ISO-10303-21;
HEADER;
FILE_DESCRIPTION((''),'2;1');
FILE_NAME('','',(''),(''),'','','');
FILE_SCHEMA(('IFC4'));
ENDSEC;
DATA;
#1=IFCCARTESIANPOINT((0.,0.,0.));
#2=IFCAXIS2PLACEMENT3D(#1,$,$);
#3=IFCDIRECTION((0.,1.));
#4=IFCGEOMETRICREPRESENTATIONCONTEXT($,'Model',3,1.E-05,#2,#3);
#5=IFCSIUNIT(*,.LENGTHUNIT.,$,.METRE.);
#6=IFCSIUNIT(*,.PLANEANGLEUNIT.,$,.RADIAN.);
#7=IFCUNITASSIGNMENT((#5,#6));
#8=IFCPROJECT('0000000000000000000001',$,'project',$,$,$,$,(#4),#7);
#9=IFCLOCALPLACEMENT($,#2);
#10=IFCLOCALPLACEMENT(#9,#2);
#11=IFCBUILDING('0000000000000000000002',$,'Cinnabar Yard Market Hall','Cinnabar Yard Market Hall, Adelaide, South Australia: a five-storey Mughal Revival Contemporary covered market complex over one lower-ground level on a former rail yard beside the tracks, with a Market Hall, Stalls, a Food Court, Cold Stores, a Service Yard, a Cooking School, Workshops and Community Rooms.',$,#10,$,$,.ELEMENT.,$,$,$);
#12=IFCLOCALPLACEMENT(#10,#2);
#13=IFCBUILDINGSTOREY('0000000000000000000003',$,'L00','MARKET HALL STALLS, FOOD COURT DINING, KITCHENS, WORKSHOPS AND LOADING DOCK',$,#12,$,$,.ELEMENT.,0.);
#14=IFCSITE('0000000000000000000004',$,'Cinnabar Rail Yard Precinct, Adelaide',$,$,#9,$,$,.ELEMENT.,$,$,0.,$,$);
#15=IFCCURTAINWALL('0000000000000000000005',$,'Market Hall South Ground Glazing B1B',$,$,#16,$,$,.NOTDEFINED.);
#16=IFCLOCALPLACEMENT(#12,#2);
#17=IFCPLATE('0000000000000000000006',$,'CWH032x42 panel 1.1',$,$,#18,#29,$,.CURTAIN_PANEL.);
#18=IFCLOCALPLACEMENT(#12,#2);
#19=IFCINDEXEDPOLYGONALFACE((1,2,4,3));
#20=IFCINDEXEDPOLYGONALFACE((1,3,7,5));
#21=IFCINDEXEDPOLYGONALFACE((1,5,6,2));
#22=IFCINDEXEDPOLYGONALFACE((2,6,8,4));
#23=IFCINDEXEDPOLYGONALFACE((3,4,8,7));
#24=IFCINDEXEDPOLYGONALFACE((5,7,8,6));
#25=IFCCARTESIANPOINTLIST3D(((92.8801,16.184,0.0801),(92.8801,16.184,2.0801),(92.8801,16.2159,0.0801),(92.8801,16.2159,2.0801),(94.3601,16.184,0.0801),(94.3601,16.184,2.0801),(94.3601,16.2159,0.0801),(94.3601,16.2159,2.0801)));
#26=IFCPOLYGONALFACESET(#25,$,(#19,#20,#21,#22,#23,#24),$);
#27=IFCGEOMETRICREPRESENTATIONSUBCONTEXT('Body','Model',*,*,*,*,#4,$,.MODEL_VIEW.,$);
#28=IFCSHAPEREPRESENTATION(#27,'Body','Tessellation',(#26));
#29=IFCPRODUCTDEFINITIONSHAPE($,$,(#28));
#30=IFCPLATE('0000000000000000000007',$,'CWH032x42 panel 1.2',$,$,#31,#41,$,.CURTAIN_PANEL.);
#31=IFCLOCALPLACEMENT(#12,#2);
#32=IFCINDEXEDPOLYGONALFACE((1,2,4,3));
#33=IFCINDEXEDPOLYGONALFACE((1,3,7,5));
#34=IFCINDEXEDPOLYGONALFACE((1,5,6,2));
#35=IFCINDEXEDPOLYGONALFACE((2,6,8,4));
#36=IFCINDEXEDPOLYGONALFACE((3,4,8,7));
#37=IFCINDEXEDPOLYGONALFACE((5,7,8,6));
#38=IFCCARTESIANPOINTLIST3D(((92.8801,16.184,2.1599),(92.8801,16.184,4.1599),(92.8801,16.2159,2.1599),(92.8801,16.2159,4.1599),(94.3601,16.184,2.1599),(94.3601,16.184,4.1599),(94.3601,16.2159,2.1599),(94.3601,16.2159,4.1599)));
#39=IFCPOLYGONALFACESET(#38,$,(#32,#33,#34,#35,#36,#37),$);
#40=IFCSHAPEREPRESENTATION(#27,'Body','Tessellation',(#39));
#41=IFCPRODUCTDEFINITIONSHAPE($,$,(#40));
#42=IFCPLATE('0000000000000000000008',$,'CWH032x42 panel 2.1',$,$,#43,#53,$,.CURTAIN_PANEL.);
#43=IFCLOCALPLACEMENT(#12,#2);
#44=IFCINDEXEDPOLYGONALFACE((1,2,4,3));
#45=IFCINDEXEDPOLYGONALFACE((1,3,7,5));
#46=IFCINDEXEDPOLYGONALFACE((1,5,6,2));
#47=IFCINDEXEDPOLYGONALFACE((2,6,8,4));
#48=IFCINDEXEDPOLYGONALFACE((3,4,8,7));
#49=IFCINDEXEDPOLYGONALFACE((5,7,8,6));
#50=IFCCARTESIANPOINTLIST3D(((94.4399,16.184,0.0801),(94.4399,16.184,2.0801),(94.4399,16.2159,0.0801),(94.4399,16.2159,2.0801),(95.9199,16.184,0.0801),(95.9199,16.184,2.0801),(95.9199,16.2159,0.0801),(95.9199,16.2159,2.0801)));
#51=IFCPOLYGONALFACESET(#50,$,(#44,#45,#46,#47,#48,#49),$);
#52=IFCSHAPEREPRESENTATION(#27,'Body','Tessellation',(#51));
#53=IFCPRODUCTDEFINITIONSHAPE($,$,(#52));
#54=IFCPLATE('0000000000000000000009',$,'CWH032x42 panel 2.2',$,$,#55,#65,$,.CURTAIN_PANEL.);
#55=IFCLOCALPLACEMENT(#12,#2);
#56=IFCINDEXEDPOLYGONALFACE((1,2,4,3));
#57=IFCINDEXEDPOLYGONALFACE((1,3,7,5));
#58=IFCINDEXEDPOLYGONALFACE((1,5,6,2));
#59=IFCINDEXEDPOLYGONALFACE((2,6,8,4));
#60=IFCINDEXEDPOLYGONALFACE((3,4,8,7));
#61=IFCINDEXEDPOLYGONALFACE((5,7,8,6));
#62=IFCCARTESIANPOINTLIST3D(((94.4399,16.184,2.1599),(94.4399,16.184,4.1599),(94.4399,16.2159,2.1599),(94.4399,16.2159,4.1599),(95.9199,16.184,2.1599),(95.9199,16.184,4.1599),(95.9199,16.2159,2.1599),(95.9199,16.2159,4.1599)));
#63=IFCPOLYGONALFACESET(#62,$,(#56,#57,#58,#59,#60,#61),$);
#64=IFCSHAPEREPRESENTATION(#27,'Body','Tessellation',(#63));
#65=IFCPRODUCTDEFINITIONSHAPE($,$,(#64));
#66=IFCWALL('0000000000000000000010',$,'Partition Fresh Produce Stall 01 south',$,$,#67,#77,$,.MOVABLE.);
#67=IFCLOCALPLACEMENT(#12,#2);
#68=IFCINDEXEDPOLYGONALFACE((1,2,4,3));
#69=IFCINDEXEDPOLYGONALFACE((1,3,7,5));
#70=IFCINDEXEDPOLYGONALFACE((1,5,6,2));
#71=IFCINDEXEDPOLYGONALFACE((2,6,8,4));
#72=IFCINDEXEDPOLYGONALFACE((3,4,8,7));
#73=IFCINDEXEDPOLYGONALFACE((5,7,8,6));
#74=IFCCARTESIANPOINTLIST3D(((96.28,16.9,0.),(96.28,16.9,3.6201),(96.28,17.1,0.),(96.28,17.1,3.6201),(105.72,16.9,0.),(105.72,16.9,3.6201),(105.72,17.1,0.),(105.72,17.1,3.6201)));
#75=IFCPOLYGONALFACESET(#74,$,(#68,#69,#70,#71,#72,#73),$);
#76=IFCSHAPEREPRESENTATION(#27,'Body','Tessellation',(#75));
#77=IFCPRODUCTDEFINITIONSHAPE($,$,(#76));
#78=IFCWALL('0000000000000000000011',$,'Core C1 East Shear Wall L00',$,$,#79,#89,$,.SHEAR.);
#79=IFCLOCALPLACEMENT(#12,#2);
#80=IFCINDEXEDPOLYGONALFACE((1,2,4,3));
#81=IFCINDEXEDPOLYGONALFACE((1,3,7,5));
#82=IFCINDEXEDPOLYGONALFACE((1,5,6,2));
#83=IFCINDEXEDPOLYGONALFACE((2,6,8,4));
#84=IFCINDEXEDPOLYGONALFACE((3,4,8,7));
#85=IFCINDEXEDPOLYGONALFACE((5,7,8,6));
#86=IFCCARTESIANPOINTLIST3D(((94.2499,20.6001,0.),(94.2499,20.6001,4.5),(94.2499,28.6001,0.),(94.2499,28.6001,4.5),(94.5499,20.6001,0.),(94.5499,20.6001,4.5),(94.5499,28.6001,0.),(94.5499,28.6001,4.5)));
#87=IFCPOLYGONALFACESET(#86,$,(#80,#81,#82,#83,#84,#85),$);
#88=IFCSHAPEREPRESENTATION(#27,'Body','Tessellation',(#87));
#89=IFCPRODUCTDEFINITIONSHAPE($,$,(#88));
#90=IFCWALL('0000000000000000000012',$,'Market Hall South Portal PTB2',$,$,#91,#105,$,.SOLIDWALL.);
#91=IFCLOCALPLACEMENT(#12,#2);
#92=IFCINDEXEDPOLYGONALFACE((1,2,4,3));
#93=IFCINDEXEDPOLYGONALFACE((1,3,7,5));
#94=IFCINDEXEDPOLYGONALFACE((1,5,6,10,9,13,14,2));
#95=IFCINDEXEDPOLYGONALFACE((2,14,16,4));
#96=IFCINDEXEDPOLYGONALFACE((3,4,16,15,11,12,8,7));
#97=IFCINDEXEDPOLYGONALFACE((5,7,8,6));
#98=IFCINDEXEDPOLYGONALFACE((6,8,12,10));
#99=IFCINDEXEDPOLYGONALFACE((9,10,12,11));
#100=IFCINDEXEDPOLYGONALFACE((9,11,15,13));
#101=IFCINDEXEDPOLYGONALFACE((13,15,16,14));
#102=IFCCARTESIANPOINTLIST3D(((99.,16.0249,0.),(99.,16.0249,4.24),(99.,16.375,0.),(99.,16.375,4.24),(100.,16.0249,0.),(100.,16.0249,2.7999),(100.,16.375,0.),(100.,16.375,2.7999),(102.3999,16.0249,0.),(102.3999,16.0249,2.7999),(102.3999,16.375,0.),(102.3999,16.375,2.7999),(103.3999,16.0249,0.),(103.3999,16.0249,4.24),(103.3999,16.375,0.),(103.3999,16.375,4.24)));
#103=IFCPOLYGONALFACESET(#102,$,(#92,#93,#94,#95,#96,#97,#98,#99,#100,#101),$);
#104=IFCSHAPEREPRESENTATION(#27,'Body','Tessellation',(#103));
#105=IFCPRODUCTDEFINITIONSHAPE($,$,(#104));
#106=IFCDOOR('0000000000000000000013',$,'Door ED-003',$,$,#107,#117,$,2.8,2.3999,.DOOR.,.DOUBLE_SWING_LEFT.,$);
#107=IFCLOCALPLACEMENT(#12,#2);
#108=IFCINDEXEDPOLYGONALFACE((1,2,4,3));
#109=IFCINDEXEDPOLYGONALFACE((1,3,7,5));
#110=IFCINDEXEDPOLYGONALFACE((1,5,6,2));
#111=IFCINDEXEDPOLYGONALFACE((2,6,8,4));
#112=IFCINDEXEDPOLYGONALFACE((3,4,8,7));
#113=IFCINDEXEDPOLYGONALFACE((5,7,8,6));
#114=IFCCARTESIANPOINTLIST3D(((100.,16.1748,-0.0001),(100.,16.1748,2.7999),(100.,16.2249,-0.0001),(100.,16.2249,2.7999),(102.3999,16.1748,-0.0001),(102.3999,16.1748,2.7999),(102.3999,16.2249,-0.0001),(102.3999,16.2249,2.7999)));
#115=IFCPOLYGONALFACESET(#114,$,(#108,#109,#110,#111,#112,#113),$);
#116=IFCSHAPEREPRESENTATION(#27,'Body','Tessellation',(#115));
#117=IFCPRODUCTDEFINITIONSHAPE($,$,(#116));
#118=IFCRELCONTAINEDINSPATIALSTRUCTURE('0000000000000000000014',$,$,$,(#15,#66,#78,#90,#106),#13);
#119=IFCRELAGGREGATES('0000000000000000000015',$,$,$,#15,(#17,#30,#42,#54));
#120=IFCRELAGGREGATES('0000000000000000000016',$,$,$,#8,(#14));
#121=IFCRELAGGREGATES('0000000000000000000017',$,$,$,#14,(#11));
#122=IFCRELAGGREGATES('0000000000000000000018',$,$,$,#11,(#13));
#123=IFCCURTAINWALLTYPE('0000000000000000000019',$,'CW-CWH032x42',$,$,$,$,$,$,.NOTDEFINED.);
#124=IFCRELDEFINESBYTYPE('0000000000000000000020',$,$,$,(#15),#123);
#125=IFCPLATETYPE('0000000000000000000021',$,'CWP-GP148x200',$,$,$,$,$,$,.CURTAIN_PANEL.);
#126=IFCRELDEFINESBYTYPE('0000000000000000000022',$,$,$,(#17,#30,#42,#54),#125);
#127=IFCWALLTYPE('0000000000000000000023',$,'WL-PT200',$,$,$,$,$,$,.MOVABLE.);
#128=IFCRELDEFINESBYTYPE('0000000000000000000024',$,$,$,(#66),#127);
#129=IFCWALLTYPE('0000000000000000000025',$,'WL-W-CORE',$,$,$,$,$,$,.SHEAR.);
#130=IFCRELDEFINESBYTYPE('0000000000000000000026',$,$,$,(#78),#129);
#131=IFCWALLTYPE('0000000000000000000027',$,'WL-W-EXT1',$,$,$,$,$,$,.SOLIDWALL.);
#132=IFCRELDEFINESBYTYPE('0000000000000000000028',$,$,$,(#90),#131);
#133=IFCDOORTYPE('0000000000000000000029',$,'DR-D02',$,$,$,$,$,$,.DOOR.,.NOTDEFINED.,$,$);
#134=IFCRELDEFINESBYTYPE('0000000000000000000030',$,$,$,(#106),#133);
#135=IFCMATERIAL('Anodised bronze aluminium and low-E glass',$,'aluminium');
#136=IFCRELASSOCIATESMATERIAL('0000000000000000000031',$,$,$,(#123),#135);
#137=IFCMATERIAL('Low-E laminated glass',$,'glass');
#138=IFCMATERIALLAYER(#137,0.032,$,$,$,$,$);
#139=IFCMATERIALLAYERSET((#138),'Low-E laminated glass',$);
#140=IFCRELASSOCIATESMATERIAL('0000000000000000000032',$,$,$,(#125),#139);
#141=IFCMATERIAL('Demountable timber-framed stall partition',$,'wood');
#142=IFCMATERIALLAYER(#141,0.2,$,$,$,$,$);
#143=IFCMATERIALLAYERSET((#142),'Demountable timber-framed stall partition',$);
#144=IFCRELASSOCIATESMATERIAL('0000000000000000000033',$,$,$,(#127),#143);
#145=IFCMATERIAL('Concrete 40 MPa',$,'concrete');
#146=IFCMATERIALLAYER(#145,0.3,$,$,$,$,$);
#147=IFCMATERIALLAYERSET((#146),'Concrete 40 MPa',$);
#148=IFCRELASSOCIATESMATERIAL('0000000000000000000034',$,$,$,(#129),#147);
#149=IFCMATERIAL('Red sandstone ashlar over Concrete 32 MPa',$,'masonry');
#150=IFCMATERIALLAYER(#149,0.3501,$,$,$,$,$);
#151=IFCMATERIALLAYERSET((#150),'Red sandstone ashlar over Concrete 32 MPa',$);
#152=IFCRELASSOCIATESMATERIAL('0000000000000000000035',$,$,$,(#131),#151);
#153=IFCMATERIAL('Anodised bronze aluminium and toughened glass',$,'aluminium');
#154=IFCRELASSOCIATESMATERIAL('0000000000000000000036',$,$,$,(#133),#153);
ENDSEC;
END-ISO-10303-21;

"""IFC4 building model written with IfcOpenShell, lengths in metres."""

from ifc_helpers import new_model, si_unit, direction, frame, frame_2d, origin, origin_2d_with_axis, place, context, subcontext, project, spatial, rectangle, extrude, material, layer, layer_set, type_object, element, fill, aggregate, save


model = new_model("IFC4")

# Units and contexts
model_context = context("Model", 3, precision=1e-05, world=origin(), true_north=direction((0.0, 1.0)))
body_context = subcontext(model_context, "Body", "Model", "MODEL_VIEW")
ifc_project = project(units=[si_unit("LENGTHUNIT", "METRE"), si_unit("PLANEANGLEUNIT", "RADIAN")], contexts=[model_context])

# Site, building, storey
site_placement = place(None, origin())
site = spatial("IfcSite", under=ifc_project, at=site_placement, Name="Cinnabar Rail Yard Precinct, Adelaide", CompositionType="ELEMENT", RefElevation=0.0)
building_placement = place(site_placement, origin())
building = spatial("IfcBuilding", under=site, at=building_placement, Name="Cinnabar Yard Market Hall", Description="Cinnabar Yard Market Hall, Adelaide, South Australia: a five-storey Mughal Revival Contemporary covered market complex over one lower-ground level on a former rail yard beside the tracks, with a Market Hall, Stalls, a Food Court, Cold Stores, a Service Yard, a Cooking School, Workshops and Community Rooms.", CompositionType="ELEMENT")
storey_placement = place(building_placement, origin())
storey = spatial("IfcBuildingStorey", under=building, at=storey_placement, Name="L00", Description="MARKET HALL STALLS, FOOD COURT DINING, KITCHENS, WORKSHOPS AND LOADING DOCK", CompositionType="ELEMENT", Elevation=0.0)

# Shared definitions
ifc_material_1 = material(Name="Concrete 40 MPa", Category="concrete")

# Curtain wall
ifc_material_2 = material(Name="Anodised bronze aluminium and low-E glass", Category="aluminium")
curtain_wall_type_1 = type_object("IfcCurtainWallType", Name="CW-CWH032x42", PredefinedType="NOTDEFINED", material=ifc_material_2)
curtain_wall_1_placement = place(storey_placement, origin())
curtain_wall_1 = element("IfcCurtainWall", 1, at=curtain_wall_1_placement, inside=storey, type_object=curtain_wall_type_1, Name="Market Hall South Ground Glazing B1B", PredefinedType="NOTDEFINED")

# Plates
ifc_material_3 = material(Name="Low-E laminated glass", Category="glass")
ifc_layer_1 = layer(ifc_material_3, 0.032)
ifc_layer_set_1 = layer_set([ifc_layer_1], Name="Low-E laminated glass")
plate_type_1 = type_object("IfcPlateType", Name="CWP-GP148x200", PredefinedType="CURTAIN_PANEL", material=ifc_layer_set_1)
plate_1_placement = place(storey_placement, frame((93.6201, 16.2, 0.0801), z_axis=(0.0, 0.0, 1.0), x_axis=(1.0, 0.0, 0.0)))
plate_1 = element("IfcPlate", 2, at=plate_1_placement, type_object=plate_type_1, Name="CWH032x42 panel 1.1", PredefinedType="CURTAIN_PANEL", context=body_context, shape_type="SweptSolid", body=[
    extrude(rectangle(XDim=1.48, YDim=0.032, at=origin_2d_with_axis()), origin(), (0.0, 0.0, 1.0), 2.0),
])
plate_2_placement = place(storey_placement, frame((93.6201, 16.2, 2.1599), z_axis=(0.0, 0.0, 1.0), x_axis=(1.0, 0.0, 0.0)))
plate_2 = element("IfcPlate", 3, at=plate_2_placement, type_object=plate_type_1, Name="CWH032x42 panel 1.2", PredefinedType="CURTAIN_PANEL", context=body_context, shape_type="SweptSolid", body=[
    extrude(rectangle(XDim=1.48, YDim=0.032, at=origin_2d_with_axis()), origin(), (0.0, 0.0, 1.0), 2.0),
])
plate_3_placement = place(storey_placement, frame((95.1799, 16.2, 0.0801), z_axis=(0.0, 0.0, 1.0), x_axis=(1.0, 0.0, 0.0)))
plate_3 = element("IfcPlate", 4, at=plate_3_placement, type_object=plate_type_1, Name="CWH032x42 panel 2.1", PredefinedType="CURTAIN_PANEL", context=body_context, shape_type="SweptSolid", body=[
    extrude(rectangle(XDim=1.48, YDim=0.032, at=origin_2d_with_axis()), origin(), (0.0, 0.0, 1.0), 2.0),
])
plate_4_placement = place(storey_placement, frame((95.1799, 16.2, 2.1599), z_axis=(0.0, 0.0, 1.0), x_axis=(1.0, 0.0, 0.0)))
plate_4 = element("IfcPlate", 5, at=plate_4_placement, type_object=plate_type_1, Name="CWH032x42 panel 2.2", PredefinedType="CURTAIN_PANEL", context=body_context, shape_type="SweptSolid", body=[
    extrude(rectangle(XDim=1.48, YDim=0.032, at=origin_2d_with_axis()), origin(), (0.0, 0.0, 1.0), 2.0),
])
aggregate(curtain_wall_1, [plate_1, plate_2, plate_3, plate_4])

# Walls
ifc_material_4 = material(Name="Demountable timber-framed stall partition", Category="wood")
ifc_layer_2 = layer(ifc_material_4, 0.2)
ifc_layer_set_2 = layer_set([ifc_layer_2], Name="Demountable timber-framed stall partition")
wall_type_1 = type_object("IfcWallType", Name="WL-PT200", PredefinedType="MOVABLE", material=ifc_layer_set_2)
wall_1_placement = place(storey_placement, frame((96.28, 17.0, 0.0), z_axis=(0.0, 0.0, 1.0), x_axis=(1.0, 0.0, 0.0)))
element("IfcWall", 6, at=wall_1_placement, inside=storey, type_object=wall_type_1, Name="Partition Fresh Produce Stall 01 south", PredefinedType="MOVABLE", context=body_context, shape_type="SweptSolid", body=[
    extrude(rectangle(XDim=9.4399, YDim=0.2, at=frame_2d((4.72, 0.0), x_axis=(1.0, 0.0))), origin(), (0.0, 0.0, 1.0), 3.6201),
])
ifc_layer_3 = layer(ifc_material_1, 0.3)
ifc_layer_set_3 = layer_set([ifc_layer_3], Name="Concrete 40 MPa")
wall_type_2 = type_object("IfcWallType", Name="WL-W-CORE", PredefinedType="SHEAR", material=ifc_layer_set_3)
wall_2_placement = place(storey_placement, frame((94.3999, 20.6001, 0.0), z_axis=(0.0, 0.0, 1.0), x_axis=(0.0, 1.0, 0.0)))
element("IfcWall", 7, at=wall_2_placement, inside=storey, type_object=wall_type_2, Name="Core C1 East Shear Wall L00", PredefinedType="SHEAR", context=body_context, shape_type="SweptSolid", body=[
    extrude(rectangle(XDim=8.0, YDim=0.3, at=frame_2d((4.0, 0.0), x_axis=(1.0, 0.0))), origin(), (0.0, 0.0, 1.0), 4.5),
])

# Wall, opening, door
ifc_material_5 = material(Name="Red sandstone ashlar over Concrete 32 MPa", Category="masonry")
ifc_layer_4 = layer(ifc_material_5, 0.3501)
ifc_layer_set_4 = layer_set([ifc_layer_4], Name="Red sandstone ashlar over Concrete 32 MPa")
wall_type_3 = type_object("IfcWallType", Name="WL-W-EXT1", PredefinedType="SOLIDWALL", material=ifc_layer_set_4)
wall_3_placement = place(storey_placement, frame((99.0, 16.2, 0.0), z_axis=(0.0, 0.0, 1.0), x_axis=(1.0, 0.0, 0.0)))
wall_3 = element("IfcWall", 8, at=wall_3_placement, inside=storey, type_object=wall_type_3, Name="Market Hall South Portal PTB2", PredefinedType="SOLIDWALL", context=body_context, shape_type="SweptSolid", body=[
    extrude(rectangle(XDim=4.3999, YDim=0.3501, at=frame_2d((2.2, 0.0), x_axis=(1.0, 0.0))), origin(), (0.0, 0.0, 1.0), 4.24),
])
opening_placement = place(wall_3_placement, frame((1.0, 0.0, 0.0)))
opening = element("IfcOpeningElement", 9, at=opening_placement, cuts=wall_3, PredefinedType="OPENING", context=body_context, shape_type="SweptSolid", body=[
    extrude(rectangle(XDim=2.3999, YDim=2.8, at=frame_2d((1.2, 1.3999), x_axis=(1.0, 0.0))), frame((0.0, 0.1851, 0.0), z_axis=(0.0, -1.0, 0.0), x_axis=(1.0, 0.0, 0.0)), (0.0, 0.0, 1.0), 0.3701),
])
ifc_material_6 = material(Name="Anodised bronze aluminium and toughened glass", Category="aluminium")
door_type = type_object("IfcDoorType", Name="DR-D02", OperationType="NOTDEFINED", PredefinedType="DOOR", material=ifc_material_6)
door_placement = place(opening_placement, origin())
door = element("IfcDoor", 10, at=door_placement, inside=storey, type_object=door_type, Name="Door ED-003", OperationType="DOUBLE_SWING_LEFT", OverallHeight=2.8, OverallWidth=2.3999, PredefinedType="DOOR", context=body_context, shape_type="SweptSolid", body=[
    extrude(rectangle(XDim=2.3999, YDim=2.8, at=frame_2d((1.2, 1.3999), x_axis=(1.0, 0.0))), frame((0.0, 0.0249, 0.0), z_axis=(0.0, -1.0, 0.0), x_axis=(1.0, 0.0, 0.0)), (0.0, 0.0, 1.0), 0.05),
])
fill(opening, door)

save(model, "model.ifc")
